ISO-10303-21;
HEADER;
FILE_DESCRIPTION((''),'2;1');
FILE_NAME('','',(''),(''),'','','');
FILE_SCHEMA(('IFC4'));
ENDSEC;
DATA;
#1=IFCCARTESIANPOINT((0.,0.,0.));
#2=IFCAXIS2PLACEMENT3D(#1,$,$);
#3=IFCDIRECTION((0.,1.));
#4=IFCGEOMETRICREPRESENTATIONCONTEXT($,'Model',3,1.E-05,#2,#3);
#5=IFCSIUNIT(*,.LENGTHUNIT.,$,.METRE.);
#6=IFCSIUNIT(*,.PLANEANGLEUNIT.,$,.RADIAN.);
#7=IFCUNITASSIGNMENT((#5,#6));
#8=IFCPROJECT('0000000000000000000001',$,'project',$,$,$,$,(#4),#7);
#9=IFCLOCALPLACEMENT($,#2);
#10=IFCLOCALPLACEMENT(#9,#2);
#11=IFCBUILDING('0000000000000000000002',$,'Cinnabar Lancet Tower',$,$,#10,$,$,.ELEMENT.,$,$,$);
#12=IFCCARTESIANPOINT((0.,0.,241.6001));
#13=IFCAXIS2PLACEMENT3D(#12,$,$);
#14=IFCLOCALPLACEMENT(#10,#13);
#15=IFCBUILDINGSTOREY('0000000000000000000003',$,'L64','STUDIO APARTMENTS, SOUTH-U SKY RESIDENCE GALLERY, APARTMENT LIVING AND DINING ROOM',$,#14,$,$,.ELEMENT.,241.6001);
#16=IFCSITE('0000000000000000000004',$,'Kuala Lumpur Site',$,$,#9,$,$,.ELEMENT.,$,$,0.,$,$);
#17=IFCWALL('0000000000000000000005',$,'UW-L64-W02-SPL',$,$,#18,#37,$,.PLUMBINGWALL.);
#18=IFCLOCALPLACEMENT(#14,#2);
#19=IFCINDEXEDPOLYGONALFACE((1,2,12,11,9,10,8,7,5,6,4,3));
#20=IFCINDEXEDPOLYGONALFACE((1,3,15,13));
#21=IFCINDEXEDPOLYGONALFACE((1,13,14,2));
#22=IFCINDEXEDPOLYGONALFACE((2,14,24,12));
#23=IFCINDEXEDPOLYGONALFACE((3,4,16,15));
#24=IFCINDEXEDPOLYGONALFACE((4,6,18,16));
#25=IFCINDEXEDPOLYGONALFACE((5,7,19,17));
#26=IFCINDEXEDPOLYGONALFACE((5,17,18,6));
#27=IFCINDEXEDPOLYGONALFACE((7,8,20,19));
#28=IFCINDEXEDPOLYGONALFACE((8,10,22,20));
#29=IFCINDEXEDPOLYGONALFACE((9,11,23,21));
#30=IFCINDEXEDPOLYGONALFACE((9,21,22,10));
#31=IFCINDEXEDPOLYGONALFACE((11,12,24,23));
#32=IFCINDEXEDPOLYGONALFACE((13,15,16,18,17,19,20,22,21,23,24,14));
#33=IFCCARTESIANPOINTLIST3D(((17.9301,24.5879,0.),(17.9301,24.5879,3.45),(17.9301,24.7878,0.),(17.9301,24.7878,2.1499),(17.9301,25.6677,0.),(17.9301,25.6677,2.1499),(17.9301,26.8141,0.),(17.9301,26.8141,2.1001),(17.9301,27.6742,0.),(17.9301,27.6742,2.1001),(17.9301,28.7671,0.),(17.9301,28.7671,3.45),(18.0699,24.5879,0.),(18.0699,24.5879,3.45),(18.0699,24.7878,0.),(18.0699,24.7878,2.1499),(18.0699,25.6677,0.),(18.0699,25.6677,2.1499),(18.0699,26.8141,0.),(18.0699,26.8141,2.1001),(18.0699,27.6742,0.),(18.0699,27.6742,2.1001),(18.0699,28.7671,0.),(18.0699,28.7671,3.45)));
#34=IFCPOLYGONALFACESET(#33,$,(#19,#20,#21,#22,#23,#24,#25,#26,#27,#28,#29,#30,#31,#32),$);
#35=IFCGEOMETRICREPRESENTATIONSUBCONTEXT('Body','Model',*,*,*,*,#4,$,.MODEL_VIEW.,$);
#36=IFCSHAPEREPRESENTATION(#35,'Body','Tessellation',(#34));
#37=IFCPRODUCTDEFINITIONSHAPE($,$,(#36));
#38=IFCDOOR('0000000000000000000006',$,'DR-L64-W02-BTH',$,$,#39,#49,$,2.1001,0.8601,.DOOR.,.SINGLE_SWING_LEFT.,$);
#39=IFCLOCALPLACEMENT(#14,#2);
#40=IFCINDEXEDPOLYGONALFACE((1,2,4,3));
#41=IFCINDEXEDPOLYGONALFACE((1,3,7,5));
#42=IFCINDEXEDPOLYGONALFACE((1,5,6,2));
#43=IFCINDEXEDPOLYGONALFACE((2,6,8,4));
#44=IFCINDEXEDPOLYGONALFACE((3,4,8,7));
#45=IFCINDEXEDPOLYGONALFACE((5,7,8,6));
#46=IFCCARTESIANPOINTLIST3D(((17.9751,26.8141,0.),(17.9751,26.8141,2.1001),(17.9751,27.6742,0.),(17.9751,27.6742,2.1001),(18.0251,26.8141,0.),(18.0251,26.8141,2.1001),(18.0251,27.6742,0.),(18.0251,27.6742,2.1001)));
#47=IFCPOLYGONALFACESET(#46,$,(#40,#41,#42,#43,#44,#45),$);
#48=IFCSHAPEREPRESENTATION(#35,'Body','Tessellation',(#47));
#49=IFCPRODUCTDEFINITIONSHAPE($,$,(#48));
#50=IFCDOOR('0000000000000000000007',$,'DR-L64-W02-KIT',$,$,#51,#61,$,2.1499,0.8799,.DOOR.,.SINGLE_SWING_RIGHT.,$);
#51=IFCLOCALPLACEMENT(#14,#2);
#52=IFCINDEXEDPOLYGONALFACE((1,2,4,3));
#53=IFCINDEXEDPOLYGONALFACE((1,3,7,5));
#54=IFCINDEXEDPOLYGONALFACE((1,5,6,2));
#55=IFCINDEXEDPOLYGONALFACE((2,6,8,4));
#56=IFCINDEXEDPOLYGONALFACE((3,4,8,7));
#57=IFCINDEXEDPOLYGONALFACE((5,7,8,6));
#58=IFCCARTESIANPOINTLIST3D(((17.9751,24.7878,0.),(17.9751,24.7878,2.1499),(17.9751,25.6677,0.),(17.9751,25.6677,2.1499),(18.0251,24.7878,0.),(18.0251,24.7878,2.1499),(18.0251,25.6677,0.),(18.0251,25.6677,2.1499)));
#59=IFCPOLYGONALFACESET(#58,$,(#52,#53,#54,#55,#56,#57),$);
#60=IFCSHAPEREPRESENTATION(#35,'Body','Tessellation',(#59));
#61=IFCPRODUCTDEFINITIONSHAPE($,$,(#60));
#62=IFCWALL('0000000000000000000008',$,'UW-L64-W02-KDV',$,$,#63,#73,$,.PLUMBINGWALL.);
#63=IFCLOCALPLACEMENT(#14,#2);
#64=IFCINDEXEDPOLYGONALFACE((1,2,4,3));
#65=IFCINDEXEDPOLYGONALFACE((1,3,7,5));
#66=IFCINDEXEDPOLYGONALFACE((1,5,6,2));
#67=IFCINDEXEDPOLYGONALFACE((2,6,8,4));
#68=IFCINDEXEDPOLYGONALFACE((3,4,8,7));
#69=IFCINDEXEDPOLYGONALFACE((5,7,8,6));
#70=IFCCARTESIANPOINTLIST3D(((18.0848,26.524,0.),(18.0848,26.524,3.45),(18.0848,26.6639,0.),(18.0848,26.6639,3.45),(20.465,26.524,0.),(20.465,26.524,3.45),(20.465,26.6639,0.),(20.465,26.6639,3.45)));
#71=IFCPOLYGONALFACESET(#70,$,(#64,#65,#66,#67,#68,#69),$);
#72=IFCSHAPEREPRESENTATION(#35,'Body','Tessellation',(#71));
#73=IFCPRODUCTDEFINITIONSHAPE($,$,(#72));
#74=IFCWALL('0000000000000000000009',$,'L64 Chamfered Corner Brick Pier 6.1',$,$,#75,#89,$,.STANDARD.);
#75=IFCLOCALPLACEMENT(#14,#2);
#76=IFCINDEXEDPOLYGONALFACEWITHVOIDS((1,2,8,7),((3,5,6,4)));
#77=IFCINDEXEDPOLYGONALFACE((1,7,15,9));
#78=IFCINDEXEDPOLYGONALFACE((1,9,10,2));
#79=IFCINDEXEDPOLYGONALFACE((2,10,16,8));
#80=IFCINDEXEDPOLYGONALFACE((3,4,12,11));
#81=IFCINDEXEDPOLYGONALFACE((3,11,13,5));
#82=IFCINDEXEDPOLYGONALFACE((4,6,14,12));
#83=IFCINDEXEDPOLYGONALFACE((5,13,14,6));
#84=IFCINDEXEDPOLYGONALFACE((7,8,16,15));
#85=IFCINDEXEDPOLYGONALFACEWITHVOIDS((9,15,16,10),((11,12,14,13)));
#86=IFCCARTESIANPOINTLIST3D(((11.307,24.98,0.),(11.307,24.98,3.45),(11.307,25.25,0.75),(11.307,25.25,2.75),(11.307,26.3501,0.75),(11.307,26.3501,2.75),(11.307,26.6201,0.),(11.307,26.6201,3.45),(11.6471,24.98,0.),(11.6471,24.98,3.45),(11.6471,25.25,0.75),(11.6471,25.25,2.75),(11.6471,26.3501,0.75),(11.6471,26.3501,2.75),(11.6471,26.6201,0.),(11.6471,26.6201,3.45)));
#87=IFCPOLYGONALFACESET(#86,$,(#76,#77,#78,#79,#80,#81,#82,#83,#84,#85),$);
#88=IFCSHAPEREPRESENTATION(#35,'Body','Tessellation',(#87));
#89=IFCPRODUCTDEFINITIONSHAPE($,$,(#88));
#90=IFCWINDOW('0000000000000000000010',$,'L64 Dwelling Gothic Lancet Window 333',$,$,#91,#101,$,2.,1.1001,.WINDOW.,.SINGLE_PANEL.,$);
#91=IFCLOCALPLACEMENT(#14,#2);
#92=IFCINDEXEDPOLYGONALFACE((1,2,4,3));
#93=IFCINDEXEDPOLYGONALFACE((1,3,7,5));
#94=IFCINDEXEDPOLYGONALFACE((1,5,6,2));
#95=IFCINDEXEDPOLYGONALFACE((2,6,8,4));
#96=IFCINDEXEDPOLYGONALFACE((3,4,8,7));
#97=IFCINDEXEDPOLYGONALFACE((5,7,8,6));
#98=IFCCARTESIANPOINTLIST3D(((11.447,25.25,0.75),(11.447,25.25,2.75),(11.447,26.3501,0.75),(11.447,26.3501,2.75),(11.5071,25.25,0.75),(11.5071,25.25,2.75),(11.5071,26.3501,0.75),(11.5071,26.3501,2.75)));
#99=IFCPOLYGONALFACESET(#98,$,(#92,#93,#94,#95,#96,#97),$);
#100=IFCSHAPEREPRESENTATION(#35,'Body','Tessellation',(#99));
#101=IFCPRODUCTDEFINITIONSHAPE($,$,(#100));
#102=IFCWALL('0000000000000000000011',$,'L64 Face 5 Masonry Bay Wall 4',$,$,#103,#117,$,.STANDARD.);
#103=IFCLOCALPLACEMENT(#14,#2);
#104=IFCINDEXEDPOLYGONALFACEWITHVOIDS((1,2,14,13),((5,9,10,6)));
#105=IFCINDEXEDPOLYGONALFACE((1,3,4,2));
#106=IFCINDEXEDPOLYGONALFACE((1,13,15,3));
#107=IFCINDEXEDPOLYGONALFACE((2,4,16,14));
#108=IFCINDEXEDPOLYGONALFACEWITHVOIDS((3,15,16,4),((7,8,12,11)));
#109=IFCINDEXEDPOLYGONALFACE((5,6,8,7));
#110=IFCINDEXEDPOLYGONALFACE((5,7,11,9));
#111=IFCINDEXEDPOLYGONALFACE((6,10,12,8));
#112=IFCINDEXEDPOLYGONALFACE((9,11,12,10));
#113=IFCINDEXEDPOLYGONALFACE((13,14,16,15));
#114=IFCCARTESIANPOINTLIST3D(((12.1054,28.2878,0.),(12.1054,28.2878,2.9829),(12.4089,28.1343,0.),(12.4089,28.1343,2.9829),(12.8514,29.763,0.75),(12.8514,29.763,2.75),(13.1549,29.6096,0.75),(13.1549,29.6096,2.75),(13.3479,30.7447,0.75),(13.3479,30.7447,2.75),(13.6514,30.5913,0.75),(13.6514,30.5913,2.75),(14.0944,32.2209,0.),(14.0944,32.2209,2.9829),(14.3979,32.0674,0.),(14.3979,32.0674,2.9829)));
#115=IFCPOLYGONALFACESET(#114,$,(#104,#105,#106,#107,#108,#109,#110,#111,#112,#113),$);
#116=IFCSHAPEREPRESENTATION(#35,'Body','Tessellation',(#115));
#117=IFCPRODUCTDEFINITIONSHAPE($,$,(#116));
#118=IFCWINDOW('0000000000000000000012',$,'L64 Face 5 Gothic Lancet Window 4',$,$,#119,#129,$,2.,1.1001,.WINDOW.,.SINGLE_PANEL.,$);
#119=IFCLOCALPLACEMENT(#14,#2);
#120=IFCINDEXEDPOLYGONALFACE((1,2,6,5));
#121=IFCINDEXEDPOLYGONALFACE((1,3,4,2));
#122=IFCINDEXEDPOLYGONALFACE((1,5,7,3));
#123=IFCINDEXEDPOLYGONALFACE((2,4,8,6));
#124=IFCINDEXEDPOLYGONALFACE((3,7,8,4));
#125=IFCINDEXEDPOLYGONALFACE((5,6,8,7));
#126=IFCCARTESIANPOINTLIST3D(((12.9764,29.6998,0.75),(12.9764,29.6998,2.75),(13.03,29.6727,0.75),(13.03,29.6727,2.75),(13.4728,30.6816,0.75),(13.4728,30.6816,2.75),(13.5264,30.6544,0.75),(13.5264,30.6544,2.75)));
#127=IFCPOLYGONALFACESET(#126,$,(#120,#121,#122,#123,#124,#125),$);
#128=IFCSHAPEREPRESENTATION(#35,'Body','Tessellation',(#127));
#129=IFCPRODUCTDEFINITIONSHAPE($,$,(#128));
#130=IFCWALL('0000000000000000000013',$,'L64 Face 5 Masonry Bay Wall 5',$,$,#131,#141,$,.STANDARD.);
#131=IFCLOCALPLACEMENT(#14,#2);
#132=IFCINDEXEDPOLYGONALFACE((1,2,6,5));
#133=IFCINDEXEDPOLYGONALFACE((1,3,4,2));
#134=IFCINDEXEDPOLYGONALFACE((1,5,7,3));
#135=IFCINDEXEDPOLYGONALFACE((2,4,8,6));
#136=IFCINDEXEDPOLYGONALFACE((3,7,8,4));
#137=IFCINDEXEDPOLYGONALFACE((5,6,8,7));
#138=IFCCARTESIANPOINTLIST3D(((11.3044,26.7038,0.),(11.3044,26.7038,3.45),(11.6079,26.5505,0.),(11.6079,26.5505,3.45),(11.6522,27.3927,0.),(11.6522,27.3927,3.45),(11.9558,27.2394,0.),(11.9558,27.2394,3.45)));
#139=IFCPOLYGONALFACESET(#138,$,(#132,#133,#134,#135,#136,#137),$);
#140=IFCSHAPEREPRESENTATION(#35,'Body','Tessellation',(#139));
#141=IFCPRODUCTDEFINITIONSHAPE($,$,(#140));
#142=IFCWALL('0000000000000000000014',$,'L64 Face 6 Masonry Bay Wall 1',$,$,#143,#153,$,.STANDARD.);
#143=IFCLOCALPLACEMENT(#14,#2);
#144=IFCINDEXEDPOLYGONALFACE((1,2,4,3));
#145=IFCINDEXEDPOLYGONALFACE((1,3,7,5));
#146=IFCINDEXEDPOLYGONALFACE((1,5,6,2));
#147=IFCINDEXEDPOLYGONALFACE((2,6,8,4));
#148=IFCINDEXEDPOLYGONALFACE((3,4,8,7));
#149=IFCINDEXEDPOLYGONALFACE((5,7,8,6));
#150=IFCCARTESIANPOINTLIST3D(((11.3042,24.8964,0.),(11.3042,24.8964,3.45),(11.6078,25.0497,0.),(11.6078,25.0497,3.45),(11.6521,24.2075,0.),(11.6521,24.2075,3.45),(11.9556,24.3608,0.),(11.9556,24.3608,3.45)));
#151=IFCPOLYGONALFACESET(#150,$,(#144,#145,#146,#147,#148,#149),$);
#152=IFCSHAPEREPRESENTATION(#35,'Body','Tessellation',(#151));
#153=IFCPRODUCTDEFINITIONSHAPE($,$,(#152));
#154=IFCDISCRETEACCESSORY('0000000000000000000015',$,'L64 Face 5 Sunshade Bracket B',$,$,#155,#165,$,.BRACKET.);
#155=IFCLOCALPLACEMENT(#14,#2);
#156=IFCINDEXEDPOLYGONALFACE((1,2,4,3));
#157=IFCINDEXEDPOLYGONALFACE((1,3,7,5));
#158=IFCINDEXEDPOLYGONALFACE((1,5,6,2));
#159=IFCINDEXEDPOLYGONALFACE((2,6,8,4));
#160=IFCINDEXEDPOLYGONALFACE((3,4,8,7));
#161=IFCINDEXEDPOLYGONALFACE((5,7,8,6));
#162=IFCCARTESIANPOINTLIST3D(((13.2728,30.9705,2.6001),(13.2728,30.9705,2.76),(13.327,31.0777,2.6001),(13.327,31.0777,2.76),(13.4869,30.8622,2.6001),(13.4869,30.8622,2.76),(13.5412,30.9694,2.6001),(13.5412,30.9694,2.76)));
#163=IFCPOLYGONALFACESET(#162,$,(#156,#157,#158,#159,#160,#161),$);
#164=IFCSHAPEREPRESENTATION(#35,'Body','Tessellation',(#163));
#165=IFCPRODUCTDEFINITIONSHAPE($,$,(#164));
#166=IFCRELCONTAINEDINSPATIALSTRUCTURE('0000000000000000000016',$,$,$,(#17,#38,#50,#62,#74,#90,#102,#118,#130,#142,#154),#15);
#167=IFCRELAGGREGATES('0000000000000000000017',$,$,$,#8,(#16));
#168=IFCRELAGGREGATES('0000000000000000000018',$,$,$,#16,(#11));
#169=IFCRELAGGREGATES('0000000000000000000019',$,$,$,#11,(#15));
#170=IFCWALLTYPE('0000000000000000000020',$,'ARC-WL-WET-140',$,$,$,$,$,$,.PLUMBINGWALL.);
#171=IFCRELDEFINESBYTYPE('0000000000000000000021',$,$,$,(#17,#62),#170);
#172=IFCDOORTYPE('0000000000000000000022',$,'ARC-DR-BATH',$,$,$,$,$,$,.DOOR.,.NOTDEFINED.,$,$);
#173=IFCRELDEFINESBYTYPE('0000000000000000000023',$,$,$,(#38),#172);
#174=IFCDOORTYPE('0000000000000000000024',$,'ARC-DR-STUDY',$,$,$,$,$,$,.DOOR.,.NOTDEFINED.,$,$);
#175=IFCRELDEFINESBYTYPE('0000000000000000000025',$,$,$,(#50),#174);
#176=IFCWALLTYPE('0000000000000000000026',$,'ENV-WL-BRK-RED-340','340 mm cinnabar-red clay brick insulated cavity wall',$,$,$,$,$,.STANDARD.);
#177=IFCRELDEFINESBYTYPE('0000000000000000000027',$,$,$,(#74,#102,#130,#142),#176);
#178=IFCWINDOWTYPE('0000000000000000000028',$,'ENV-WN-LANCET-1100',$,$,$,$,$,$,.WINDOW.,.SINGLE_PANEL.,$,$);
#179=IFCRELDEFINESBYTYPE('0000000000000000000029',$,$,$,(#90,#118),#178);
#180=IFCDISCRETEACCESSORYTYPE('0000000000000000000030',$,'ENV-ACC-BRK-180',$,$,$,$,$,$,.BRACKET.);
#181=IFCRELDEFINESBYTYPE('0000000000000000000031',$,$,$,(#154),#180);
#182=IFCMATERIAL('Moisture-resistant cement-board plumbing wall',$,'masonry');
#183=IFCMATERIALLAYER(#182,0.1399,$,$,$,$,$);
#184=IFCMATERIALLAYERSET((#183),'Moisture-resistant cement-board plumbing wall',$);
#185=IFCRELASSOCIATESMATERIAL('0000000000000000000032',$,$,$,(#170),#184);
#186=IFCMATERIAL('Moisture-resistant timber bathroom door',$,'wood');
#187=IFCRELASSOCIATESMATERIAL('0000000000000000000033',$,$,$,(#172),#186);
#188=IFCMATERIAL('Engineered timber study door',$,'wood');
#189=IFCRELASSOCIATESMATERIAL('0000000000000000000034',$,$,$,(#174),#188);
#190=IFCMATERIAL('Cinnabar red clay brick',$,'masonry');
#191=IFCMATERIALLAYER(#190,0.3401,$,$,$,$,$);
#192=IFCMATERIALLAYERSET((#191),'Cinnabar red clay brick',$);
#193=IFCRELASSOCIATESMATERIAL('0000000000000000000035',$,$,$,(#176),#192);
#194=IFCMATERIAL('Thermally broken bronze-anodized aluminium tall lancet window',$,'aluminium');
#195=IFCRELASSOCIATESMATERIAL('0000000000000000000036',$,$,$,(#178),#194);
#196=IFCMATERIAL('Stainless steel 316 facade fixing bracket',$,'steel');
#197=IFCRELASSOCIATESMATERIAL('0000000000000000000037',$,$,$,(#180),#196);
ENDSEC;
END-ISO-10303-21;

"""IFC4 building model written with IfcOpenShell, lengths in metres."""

from ifc_helpers import new_model, si_unit, direction, frame, frame_2d, origin, origin_2d, place, context, subcontext, project, spatial, rectangle, extrude, material, layer, layer_set, type_object, element, fill, save


model = new_model("IFC4")

# Units and contexts
model_context = context("Model", 3, precision=1e-05, world=origin(), true_north=direction((0.0, 1.0)))
body_context = subcontext(model_context, "Body", "Model", "MODEL_VIEW")
ifc_project = project(units=[si_unit("LENGTHUNIT", "METRE"), si_unit("PLANEANGLEUNIT", "RADIAN")], contexts=[model_context])

# Site, building, storey
site_placement = place(None, origin())
site = spatial("IfcSite", under=ifc_project, at=site_placement, Name="Kuala Lumpur Site", CompositionType="ELEMENT", RefElevation=0.0)
building_placement = place(site_placement, origin())
building = spatial("IfcBuilding", under=site, at=building_placement, Name="Cinnabar Lancet Tower", CompositionType="ELEMENT")
storey_placement = place(building_placement, frame((0.0, 0.0, 241.6001)))
storey = spatial("IfcBuildingStorey", under=building, at=storey_placement, Name="L64", Description="STUDIO APARTMENTS, SOUTH-U SKY RESIDENCE GALLERY, APARTMENT LIVING AND DINING ROOM", CompositionType="ELEMENT", Elevation=241.6001)

# Wall, openings, doors
ifc_material_1 = material(Name="Moisture-resistant cement-board plumbing wall", Category="masonry")
ifc_layer_1 = layer(ifc_material_1, 0.1399)
ifc_layer_set_1 = layer_set([ifc_layer_1], Name="Moisture-resistant cement-board plumbing wall")
wall_type_1 = type_object("IfcWallType", Name="ARC-WL-WET-140", PredefinedType="PLUMBINGWALL", material=ifc_layer_set_1)
wall_1_placement = place(storey_placement, frame((18.0, 24.5879, 0.0), z_axis=(0.0, 0.0, 1.0), x_axis=(0.0, 1.0, 0.0)))
wall_1 = element("IfcWall", 1, at=wall_1_placement, inside=storey, type_object=wall_type_1, Name="UW-L64-W02-SPL", PredefinedType="PLUMBINGWALL", context=body_context, shape_type="SweptSolid", body=[
    extrude(rectangle(XDim=4.1792, YDim=0.1399, at=frame_2d((2.0896, 0.0))), origin(), (0.0, 0.0, 1.0), 3.45),
])
opening_1_placement = place(wall_1_placement, frame((2.2261, 0.0, 0.0)))
opening_1 = element("IfcOpeningElement", 2, at=opening_1_placement, cuts=wall_1, PredefinedType="OPENING", context=body_context, shape_type="SweptSolid", body=[
    extrude(rectangle(XDim=0.8601, YDim=2.1001, at=frame_2d((0.4302, 1.05))), frame((0.0, 0.0798, 0.0), z_axis=(0.0, -1.0, 0.0), x_axis=(1.0, 0.0, 0.0)), (0.0, 0.0, 1.0), 0.1599),
])
opening_2_placement = place(wall_1_placement, frame((0.2, 0.0, 0.0)))
opening_2 = element("IfcOpeningElement", 3, at=opening_2_placement, cuts=wall_1, PredefinedType="OPENING", context=body_context, shape_type="SweptSolid", body=[
    extrude(rectangle(XDim=0.8799, YDim=2.1499, at=frame_2d((0.4399, 1.075))), frame((0.0, 0.0798, 0.0), z_axis=(0.0, -1.0, 0.0), x_axis=(1.0, 0.0, 0.0)), (0.0, 0.0, 1.0), 0.1599),
])
ifc_material_2 = material(Name="Moisture-resistant timber bathroom door", Category="wood")
door_type_1 = type_object("IfcDoorType", Name="ARC-DR-BATH", OperationType="NOTDEFINED", PredefinedType="DOOR", material=ifc_material_2)
door_1_placement = place(opening_1_placement, origin())
door_1 = element("IfcDoor", 4, at=door_1_placement, inside=storey, type_object=door_type_1, Name="DR-L64-W02-BTH", OperationType="SINGLE_SWING_LEFT", OverallHeight=2.1001, OverallWidth=0.8601, PredefinedType="DOOR", context=body_context, shape_type="SweptSolid", body=[
    extrude(rectangle(XDim=0.8601, YDim=2.1001, at=frame_2d((0.4302, 1.05))), frame((0.0, 0.0249, 0.0), z_axis=(0.0, -1.0, 0.0), x_axis=(1.0, 0.0, 0.0)), (0.0, 0.0, 1.0), 0.05),
])
fill(opening_1, door_1)
ifc_material_3 = material(Name="Engineered timber study door", Category="wood")
door_type_2 = type_object("IfcDoorType", Name="ARC-DR-STUDY", OperationType="NOTDEFINED", PredefinedType="DOOR", material=ifc_material_3)
door_2_placement = place(opening_2_placement, origin())
door_2 = element("IfcDoor", 5, at=door_2_placement, inside=storey, type_object=door_type_2, Name="DR-L64-W02-KIT", OperationType="SINGLE_SWING_RIGHT", OverallHeight=2.1499, OverallWidth=0.8799, PredefinedType="DOOR", context=body_context, shape_type="SweptSolid", body=[
    extrude(rectangle(XDim=0.8799, YDim=2.1499, at=frame_2d((0.4399, 1.075))), frame((0.0, 0.0249, 0.0), z_axis=(0.0, -1.0, 0.0), x_axis=(1.0, 0.0, 0.0)), (0.0, 0.0, 1.0), 0.05),
])
fill(opening_2, door_2)

# Wall
wall_2_placement = place(storey_placement, frame((18.085, 26.594, 0.0), z_axis=(0.0, 0.0, 1.0), x_axis=(1.0, 0.0, 0.0)))
element("IfcWall", 6, at=wall_2_placement, inside=storey, type_object=wall_type_1, Name="UW-L64-W02-KDV", PredefinedType="PLUMBINGWALL", context=body_context, shape_type="SweptSolid", body=[
    extrude(rectangle(XDim=2.3801, YDim=0.1399, at=frame_2d((1.1899, 0.0))), origin(), (0.0, 0.0, 1.0), 3.45),
])

# Walls, openings, windows
ifc_material_4 = material(Name="Cinnabar red clay brick", Category="masonry")
ifc_layer_2 = layer(ifc_material_4, 0.3401)
ifc_layer_set_2 = layer_set([ifc_layer_2], Name="Cinnabar red clay brick")
wall_type_2 = type_object("IfcWallType", Name="ENV-WL-BRK-RED-340", Description="340 mm cinnabar-red clay brick insulated cavity wall", PredefinedType="STANDARD", material=ifc_layer_set_2)
wall_3_placement = place(storey_placement, frame((11.4771, 26.6201, 0.0), z_axis=(0.0, 0.0, 1.0), x_axis=(0.0, -1.0, 0.0)))
wall_3 = element("IfcWall", 7, at=wall_3_placement, inside=storey, type_object=wall_type_2, Name="L64 Chamfered Corner Brick Pier 6.1", PredefinedType="STANDARD", context=body_context, shape_type="SweptSolid", body=[
    extrude(rectangle(XDim=1.6401, YDim=0.3401, at=frame_2d((0.8201, 0.0))), origin(), (0.0, 0.0, 1.0), 3.45),
])
opening_3_placement = place(wall_3_placement, frame((0.27, 0.0, 0.75)))
opening_3 = element("IfcOpeningElement", 8, at=opening_3_placement, cuts=wall_3, PredefinedType="OPENING", context=body_context, shape_type="SweptSolid", body=[
    extrude(rectangle(XDim=1.1001, YDim=2.0, at=frame_2d((0.55, 1.0))), frame((0.0, 0.1799, 0.0), z_axis=(0.0, -1.0, 0.0), x_axis=(1.0, 0.0, 0.0)), (0.0, 0.0, 1.0), 0.3601),
])
ifc_material_5 = material(Name="Thermally broken bronze-anodized aluminium tall lancet window", Category="aluminium")
window_type = type_object("IfcWindowType", Name="ENV-WN-LANCET-1100", PartitioningType="SINGLE_PANEL", PredefinedType="WINDOW", material=ifc_material_5)
window_1_placement = place(opening_3_placement, origin())
window_1 = element("IfcWindow", 9, at=window_1_placement, inside=storey, type_object=window_type, Name="L64 Dwelling Gothic Lancet Window 333", OverallHeight=2.0, OverallWidth=1.1001, PartitioningType="SINGLE_PANEL", PredefinedType="WINDOW", context=body_context, shape_type="SweptSolid", body=[
    extrude(rectangle(XDim=1.1001, YDim=2.0, at=frame_2d((0.55, 1.0))), frame((0.0, 0.03, 0.0), z_axis=(0.0, -1.0, 0.0), x_axis=(1.0, 0.0, 0.0)), (0.0, 0.0, 1.0), 0.0601),
])
fill(opening_3, window_1)
wall_4_placement = place(storey_placement, frame((14.2461, 32.144, 0.0), z_axis=(0.0, 0.0, 1.0), x_axis=(-0.451286, -0.892379, 0.0)))
wall_4 = element("IfcWall", 10, at=wall_4_placement, inside=storey, type_object=wall_type_2, Name="L64 Face 5 Masonry Bay Wall 4", PredefinedType="STANDARD", context=body_context, shape_type="SweptSolid", body=[
    extrude(rectangle(XDim=4.4075, YDim=0.3401, at=frame_2d((2.2036, 0.0))), origin(), (0.0, 0.0, 1.0), 2.9829),
])
opening_4_placement = place(wall_4_placement, frame((1.6541, 0.0, 0.75)))
opening_4 = element("IfcOpeningElement", 11, at=opening_4_placement, cuts=wall_4, PredefinedType="OPENING", context=body_context, shape_type="SweptSolid", body=[
    extrude(rectangle(XDim=1.1001, YDim=2.0, at=frame_2d((0.55, 1.0))), frame((0.0, 0.1799, 0.0), z_axis=(0.0, -1.0, 0.0), x_axis=(1.0, 0.0, 0.0)), (0.0, 0.0, 1.0), 0.3601),
])
window_2_placement = place(opening_4_placement, origin())
window_2 = element("IfcWindow", 12, at=window_2_placement, inside=storey, type_object=window_type, Name="L64 Face 5 Gothic Lancet Window 4", OverallHeight=2.0, OverallWidth=1.1001, PartitioningType="SINGLE_PANEL", PredefinedType="WINDOW", context=body_context, shape_type="SweptSolid", body=[
    extrude(rectangle(XDim=1.1001, YDim=2.0, at=frame_2d((0.55, 1.0))), frame((0.0, 0.03, 0.0), z_axis=(0.0, -1.0, 0.0), x_axis=(1.0, 0.0, 0.0)), (0.0, 0.0, 1.0), 0.0601),
])
fill(opening_4, window_2)

# Walls
for number, where, z_axis, x_axis, name in (
    (13, (11.804, 27.3159, 0.0), (0.0, 0.0, 1.0), (-0.450753, -0.892649, 0.0), "L64 Face 5 Masonry Bay Wall 5"),
    (14, (11.4561, 24.9729, 0.0), (0.0, 0.0, 1.0), (0.450753, -0.892649, 0.0), "L64 Face 6 Masonry Bay Wall 1"),
):
    element("IfcWall", number, at=place(storey_placement, frame(where, z_axis=z_axis, x_axis=x_axis)), inside=storey, type_object=wall_type_2, Name=name, PredefinedType="STANDARD", context=body_context, shape_type="SweptSolid", body=[
        extrude(rectangle(XDim=0.7717, YDim=0.3401, at=frame_2d((0.3857, 0.0))), origin(), (0.0, 0.0, 1.0), 3.45),
    ])

# Discrete accessory
ifc_material_6 = material(Name="Stainless steel 316 facade fixing bracket", Category="steel")
discrete_accessory_type = type_object("IfcDiscreteAccessoryType", Name="ENV-ACC-BRK-180", PredefinedType="BRACKET", material=ifc_material_6)
discrete_accessory_placement = place(storey_placement, frame((13.407, 30.97, 2.6001), z_axis=(0.0, 0.0, 1.0), x_axis=(-0.451376, -0.892334, 0.0)))
element("IfcDiscreteAccessory", 15, at=discrete_accessory_placement, inside=storey, type_object=discrete_accessory_type, Name="L64 Face 5 Sunshade Bracket B", PredefinedType="BRACKET", context=body_context, shape_type="SweptSolid", body=[
    extrude(rectangle(XDim=0.1201, YDim=0.24, at=origin_2d()), origin(), (0.0, 0.0, 1.0), 0.1599),
])

save(model, "model.ifc")
